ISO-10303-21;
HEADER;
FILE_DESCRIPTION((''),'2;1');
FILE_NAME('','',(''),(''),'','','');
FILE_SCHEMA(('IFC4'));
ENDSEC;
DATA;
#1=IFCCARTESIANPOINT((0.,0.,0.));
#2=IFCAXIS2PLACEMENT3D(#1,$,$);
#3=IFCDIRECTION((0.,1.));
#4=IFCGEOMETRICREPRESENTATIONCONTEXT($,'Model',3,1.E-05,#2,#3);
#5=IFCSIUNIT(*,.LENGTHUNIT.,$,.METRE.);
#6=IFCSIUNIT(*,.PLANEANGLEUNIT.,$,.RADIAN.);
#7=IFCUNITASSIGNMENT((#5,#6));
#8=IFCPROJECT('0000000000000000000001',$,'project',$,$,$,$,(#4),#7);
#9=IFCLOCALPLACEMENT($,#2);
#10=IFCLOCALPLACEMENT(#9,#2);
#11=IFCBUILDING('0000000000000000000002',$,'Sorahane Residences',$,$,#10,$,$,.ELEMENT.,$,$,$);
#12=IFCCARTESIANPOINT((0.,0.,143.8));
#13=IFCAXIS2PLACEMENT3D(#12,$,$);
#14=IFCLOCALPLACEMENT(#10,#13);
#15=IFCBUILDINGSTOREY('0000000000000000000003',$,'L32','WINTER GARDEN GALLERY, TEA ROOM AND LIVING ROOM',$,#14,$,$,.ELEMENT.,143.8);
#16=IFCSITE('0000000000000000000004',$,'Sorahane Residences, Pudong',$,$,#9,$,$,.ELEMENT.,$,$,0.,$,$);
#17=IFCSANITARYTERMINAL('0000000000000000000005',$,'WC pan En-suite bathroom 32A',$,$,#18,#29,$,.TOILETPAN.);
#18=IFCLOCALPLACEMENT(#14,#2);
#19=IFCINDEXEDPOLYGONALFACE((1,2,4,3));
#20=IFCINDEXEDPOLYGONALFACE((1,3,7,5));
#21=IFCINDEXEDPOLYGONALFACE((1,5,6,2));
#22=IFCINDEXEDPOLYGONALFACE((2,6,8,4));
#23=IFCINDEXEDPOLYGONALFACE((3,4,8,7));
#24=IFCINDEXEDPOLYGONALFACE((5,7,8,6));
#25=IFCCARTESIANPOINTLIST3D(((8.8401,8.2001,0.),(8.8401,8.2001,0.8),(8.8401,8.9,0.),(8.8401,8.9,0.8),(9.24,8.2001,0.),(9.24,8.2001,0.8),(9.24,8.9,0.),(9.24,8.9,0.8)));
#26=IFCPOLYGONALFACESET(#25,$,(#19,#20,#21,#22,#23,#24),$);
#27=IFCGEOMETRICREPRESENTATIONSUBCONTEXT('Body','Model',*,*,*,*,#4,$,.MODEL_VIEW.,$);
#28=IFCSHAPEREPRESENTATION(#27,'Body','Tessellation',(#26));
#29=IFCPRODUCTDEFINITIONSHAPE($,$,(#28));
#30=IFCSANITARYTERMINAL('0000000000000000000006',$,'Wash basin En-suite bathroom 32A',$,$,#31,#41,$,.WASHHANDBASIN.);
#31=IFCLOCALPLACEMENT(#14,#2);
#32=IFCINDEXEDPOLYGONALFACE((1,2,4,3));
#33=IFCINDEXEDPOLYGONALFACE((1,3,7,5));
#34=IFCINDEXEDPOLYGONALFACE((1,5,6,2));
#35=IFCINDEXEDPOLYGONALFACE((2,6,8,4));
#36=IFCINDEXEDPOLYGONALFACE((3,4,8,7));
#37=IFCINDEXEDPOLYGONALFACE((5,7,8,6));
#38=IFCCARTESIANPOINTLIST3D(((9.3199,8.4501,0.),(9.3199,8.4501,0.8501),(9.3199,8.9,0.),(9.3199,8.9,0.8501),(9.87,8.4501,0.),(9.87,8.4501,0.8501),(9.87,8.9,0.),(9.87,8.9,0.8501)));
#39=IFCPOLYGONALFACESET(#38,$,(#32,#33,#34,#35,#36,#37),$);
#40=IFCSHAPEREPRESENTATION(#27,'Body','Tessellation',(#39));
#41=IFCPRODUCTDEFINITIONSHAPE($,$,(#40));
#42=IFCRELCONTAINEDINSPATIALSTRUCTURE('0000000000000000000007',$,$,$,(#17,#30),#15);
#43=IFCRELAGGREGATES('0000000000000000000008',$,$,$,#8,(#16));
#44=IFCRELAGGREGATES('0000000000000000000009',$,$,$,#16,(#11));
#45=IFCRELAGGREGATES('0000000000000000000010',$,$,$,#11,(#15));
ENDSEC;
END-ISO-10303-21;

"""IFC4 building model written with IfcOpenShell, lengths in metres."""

from ifc_helpers import new_model, si_unit, direction, frame, origin, origin_2d, place, context, subcontext, project, spatial, rectangle, extrude, element, save


model = new_model("IFC4")

# Units and contexts
model_context = context("Model", 3, precision=1e-05, world=origin(), true_north=direction((0.0, 1.0)))
body_context = subcontext(model_context, "Body", "Model", "MODEL_VIEW")
ifc_project = project(units=[si_unit("LENGTHUNIT", "METRE"), si_unit("PLANEANGLEUNIT", "RADIAN")], contexts=[model_context])

# Site, building, storey
site_placement = place(None, origin())
site = spatial("IfcSite", under=ifc_project, at=site_placement, Name="Sorahane Residences, Pudong", CompositionType="ELEMENT", RefElevation=0.0)
building_placement = place(site_placement, origin())
building = spatial("IfcBuilding", under=site, at=building_placement, Name="Sorahane Residences", CompositionType="ELEMENT")
storey_placement = place(building_placement, frame((0.0, 0.0, 143.8)))
storey = spatial("IfcBuildingStorey", under=building, at=storey_placement, Name="L32", Description="WINTER GARDEN GALLERY, TEA ROOM AND LIVING ROOM", CompositionType="ELEMENT", Elevation=143.8)

# Sanitary terminals
sanitary_terminal_1_placement = place(storey_placement, frame((9.04, 8.55, 0.0), z_axis=(0.0, 0.0, 1.0), x_axis=(1.0, 0.0, 0.0)))
element("IfcSanitaryTerminal", 1, at=sanitary_terminal_1_placement, inside=storey, Name="WC pan En-suite bathroom 32A", PredefinedType="TOILETPAN", context=body_context, shape_type="SweptSolid", body=[
    extrude(rectangle(XDim=0.3999, YDim=0.7, at=origin_2d()), origin(), (0.0, 0.0, 1.0), 0.8),
])
sanitary_terminal_2_placement = place(storey_placement, frame((9.595, 8.675, 0.0), z_axis=(0.0, 0.0, 1.0), x_axis=(1.0, 0.0, 0.0)))
element("IfcSanitaryTerminal", 2, at=sanitary_terminal_2_placement, inside=storey, Name="Wash basin En-suite bathroom 32A", PredefinedType="WASHHANDBASIN", context=body_context, shape_type="SweptSolid", body=[
    extrude(rectangle(XDim=0.55, YDim=0.45, at=origin_2d()), origin(), (0.0, 0.0, 1.0), 0.8501),
])

save(model, "model.ifc")
